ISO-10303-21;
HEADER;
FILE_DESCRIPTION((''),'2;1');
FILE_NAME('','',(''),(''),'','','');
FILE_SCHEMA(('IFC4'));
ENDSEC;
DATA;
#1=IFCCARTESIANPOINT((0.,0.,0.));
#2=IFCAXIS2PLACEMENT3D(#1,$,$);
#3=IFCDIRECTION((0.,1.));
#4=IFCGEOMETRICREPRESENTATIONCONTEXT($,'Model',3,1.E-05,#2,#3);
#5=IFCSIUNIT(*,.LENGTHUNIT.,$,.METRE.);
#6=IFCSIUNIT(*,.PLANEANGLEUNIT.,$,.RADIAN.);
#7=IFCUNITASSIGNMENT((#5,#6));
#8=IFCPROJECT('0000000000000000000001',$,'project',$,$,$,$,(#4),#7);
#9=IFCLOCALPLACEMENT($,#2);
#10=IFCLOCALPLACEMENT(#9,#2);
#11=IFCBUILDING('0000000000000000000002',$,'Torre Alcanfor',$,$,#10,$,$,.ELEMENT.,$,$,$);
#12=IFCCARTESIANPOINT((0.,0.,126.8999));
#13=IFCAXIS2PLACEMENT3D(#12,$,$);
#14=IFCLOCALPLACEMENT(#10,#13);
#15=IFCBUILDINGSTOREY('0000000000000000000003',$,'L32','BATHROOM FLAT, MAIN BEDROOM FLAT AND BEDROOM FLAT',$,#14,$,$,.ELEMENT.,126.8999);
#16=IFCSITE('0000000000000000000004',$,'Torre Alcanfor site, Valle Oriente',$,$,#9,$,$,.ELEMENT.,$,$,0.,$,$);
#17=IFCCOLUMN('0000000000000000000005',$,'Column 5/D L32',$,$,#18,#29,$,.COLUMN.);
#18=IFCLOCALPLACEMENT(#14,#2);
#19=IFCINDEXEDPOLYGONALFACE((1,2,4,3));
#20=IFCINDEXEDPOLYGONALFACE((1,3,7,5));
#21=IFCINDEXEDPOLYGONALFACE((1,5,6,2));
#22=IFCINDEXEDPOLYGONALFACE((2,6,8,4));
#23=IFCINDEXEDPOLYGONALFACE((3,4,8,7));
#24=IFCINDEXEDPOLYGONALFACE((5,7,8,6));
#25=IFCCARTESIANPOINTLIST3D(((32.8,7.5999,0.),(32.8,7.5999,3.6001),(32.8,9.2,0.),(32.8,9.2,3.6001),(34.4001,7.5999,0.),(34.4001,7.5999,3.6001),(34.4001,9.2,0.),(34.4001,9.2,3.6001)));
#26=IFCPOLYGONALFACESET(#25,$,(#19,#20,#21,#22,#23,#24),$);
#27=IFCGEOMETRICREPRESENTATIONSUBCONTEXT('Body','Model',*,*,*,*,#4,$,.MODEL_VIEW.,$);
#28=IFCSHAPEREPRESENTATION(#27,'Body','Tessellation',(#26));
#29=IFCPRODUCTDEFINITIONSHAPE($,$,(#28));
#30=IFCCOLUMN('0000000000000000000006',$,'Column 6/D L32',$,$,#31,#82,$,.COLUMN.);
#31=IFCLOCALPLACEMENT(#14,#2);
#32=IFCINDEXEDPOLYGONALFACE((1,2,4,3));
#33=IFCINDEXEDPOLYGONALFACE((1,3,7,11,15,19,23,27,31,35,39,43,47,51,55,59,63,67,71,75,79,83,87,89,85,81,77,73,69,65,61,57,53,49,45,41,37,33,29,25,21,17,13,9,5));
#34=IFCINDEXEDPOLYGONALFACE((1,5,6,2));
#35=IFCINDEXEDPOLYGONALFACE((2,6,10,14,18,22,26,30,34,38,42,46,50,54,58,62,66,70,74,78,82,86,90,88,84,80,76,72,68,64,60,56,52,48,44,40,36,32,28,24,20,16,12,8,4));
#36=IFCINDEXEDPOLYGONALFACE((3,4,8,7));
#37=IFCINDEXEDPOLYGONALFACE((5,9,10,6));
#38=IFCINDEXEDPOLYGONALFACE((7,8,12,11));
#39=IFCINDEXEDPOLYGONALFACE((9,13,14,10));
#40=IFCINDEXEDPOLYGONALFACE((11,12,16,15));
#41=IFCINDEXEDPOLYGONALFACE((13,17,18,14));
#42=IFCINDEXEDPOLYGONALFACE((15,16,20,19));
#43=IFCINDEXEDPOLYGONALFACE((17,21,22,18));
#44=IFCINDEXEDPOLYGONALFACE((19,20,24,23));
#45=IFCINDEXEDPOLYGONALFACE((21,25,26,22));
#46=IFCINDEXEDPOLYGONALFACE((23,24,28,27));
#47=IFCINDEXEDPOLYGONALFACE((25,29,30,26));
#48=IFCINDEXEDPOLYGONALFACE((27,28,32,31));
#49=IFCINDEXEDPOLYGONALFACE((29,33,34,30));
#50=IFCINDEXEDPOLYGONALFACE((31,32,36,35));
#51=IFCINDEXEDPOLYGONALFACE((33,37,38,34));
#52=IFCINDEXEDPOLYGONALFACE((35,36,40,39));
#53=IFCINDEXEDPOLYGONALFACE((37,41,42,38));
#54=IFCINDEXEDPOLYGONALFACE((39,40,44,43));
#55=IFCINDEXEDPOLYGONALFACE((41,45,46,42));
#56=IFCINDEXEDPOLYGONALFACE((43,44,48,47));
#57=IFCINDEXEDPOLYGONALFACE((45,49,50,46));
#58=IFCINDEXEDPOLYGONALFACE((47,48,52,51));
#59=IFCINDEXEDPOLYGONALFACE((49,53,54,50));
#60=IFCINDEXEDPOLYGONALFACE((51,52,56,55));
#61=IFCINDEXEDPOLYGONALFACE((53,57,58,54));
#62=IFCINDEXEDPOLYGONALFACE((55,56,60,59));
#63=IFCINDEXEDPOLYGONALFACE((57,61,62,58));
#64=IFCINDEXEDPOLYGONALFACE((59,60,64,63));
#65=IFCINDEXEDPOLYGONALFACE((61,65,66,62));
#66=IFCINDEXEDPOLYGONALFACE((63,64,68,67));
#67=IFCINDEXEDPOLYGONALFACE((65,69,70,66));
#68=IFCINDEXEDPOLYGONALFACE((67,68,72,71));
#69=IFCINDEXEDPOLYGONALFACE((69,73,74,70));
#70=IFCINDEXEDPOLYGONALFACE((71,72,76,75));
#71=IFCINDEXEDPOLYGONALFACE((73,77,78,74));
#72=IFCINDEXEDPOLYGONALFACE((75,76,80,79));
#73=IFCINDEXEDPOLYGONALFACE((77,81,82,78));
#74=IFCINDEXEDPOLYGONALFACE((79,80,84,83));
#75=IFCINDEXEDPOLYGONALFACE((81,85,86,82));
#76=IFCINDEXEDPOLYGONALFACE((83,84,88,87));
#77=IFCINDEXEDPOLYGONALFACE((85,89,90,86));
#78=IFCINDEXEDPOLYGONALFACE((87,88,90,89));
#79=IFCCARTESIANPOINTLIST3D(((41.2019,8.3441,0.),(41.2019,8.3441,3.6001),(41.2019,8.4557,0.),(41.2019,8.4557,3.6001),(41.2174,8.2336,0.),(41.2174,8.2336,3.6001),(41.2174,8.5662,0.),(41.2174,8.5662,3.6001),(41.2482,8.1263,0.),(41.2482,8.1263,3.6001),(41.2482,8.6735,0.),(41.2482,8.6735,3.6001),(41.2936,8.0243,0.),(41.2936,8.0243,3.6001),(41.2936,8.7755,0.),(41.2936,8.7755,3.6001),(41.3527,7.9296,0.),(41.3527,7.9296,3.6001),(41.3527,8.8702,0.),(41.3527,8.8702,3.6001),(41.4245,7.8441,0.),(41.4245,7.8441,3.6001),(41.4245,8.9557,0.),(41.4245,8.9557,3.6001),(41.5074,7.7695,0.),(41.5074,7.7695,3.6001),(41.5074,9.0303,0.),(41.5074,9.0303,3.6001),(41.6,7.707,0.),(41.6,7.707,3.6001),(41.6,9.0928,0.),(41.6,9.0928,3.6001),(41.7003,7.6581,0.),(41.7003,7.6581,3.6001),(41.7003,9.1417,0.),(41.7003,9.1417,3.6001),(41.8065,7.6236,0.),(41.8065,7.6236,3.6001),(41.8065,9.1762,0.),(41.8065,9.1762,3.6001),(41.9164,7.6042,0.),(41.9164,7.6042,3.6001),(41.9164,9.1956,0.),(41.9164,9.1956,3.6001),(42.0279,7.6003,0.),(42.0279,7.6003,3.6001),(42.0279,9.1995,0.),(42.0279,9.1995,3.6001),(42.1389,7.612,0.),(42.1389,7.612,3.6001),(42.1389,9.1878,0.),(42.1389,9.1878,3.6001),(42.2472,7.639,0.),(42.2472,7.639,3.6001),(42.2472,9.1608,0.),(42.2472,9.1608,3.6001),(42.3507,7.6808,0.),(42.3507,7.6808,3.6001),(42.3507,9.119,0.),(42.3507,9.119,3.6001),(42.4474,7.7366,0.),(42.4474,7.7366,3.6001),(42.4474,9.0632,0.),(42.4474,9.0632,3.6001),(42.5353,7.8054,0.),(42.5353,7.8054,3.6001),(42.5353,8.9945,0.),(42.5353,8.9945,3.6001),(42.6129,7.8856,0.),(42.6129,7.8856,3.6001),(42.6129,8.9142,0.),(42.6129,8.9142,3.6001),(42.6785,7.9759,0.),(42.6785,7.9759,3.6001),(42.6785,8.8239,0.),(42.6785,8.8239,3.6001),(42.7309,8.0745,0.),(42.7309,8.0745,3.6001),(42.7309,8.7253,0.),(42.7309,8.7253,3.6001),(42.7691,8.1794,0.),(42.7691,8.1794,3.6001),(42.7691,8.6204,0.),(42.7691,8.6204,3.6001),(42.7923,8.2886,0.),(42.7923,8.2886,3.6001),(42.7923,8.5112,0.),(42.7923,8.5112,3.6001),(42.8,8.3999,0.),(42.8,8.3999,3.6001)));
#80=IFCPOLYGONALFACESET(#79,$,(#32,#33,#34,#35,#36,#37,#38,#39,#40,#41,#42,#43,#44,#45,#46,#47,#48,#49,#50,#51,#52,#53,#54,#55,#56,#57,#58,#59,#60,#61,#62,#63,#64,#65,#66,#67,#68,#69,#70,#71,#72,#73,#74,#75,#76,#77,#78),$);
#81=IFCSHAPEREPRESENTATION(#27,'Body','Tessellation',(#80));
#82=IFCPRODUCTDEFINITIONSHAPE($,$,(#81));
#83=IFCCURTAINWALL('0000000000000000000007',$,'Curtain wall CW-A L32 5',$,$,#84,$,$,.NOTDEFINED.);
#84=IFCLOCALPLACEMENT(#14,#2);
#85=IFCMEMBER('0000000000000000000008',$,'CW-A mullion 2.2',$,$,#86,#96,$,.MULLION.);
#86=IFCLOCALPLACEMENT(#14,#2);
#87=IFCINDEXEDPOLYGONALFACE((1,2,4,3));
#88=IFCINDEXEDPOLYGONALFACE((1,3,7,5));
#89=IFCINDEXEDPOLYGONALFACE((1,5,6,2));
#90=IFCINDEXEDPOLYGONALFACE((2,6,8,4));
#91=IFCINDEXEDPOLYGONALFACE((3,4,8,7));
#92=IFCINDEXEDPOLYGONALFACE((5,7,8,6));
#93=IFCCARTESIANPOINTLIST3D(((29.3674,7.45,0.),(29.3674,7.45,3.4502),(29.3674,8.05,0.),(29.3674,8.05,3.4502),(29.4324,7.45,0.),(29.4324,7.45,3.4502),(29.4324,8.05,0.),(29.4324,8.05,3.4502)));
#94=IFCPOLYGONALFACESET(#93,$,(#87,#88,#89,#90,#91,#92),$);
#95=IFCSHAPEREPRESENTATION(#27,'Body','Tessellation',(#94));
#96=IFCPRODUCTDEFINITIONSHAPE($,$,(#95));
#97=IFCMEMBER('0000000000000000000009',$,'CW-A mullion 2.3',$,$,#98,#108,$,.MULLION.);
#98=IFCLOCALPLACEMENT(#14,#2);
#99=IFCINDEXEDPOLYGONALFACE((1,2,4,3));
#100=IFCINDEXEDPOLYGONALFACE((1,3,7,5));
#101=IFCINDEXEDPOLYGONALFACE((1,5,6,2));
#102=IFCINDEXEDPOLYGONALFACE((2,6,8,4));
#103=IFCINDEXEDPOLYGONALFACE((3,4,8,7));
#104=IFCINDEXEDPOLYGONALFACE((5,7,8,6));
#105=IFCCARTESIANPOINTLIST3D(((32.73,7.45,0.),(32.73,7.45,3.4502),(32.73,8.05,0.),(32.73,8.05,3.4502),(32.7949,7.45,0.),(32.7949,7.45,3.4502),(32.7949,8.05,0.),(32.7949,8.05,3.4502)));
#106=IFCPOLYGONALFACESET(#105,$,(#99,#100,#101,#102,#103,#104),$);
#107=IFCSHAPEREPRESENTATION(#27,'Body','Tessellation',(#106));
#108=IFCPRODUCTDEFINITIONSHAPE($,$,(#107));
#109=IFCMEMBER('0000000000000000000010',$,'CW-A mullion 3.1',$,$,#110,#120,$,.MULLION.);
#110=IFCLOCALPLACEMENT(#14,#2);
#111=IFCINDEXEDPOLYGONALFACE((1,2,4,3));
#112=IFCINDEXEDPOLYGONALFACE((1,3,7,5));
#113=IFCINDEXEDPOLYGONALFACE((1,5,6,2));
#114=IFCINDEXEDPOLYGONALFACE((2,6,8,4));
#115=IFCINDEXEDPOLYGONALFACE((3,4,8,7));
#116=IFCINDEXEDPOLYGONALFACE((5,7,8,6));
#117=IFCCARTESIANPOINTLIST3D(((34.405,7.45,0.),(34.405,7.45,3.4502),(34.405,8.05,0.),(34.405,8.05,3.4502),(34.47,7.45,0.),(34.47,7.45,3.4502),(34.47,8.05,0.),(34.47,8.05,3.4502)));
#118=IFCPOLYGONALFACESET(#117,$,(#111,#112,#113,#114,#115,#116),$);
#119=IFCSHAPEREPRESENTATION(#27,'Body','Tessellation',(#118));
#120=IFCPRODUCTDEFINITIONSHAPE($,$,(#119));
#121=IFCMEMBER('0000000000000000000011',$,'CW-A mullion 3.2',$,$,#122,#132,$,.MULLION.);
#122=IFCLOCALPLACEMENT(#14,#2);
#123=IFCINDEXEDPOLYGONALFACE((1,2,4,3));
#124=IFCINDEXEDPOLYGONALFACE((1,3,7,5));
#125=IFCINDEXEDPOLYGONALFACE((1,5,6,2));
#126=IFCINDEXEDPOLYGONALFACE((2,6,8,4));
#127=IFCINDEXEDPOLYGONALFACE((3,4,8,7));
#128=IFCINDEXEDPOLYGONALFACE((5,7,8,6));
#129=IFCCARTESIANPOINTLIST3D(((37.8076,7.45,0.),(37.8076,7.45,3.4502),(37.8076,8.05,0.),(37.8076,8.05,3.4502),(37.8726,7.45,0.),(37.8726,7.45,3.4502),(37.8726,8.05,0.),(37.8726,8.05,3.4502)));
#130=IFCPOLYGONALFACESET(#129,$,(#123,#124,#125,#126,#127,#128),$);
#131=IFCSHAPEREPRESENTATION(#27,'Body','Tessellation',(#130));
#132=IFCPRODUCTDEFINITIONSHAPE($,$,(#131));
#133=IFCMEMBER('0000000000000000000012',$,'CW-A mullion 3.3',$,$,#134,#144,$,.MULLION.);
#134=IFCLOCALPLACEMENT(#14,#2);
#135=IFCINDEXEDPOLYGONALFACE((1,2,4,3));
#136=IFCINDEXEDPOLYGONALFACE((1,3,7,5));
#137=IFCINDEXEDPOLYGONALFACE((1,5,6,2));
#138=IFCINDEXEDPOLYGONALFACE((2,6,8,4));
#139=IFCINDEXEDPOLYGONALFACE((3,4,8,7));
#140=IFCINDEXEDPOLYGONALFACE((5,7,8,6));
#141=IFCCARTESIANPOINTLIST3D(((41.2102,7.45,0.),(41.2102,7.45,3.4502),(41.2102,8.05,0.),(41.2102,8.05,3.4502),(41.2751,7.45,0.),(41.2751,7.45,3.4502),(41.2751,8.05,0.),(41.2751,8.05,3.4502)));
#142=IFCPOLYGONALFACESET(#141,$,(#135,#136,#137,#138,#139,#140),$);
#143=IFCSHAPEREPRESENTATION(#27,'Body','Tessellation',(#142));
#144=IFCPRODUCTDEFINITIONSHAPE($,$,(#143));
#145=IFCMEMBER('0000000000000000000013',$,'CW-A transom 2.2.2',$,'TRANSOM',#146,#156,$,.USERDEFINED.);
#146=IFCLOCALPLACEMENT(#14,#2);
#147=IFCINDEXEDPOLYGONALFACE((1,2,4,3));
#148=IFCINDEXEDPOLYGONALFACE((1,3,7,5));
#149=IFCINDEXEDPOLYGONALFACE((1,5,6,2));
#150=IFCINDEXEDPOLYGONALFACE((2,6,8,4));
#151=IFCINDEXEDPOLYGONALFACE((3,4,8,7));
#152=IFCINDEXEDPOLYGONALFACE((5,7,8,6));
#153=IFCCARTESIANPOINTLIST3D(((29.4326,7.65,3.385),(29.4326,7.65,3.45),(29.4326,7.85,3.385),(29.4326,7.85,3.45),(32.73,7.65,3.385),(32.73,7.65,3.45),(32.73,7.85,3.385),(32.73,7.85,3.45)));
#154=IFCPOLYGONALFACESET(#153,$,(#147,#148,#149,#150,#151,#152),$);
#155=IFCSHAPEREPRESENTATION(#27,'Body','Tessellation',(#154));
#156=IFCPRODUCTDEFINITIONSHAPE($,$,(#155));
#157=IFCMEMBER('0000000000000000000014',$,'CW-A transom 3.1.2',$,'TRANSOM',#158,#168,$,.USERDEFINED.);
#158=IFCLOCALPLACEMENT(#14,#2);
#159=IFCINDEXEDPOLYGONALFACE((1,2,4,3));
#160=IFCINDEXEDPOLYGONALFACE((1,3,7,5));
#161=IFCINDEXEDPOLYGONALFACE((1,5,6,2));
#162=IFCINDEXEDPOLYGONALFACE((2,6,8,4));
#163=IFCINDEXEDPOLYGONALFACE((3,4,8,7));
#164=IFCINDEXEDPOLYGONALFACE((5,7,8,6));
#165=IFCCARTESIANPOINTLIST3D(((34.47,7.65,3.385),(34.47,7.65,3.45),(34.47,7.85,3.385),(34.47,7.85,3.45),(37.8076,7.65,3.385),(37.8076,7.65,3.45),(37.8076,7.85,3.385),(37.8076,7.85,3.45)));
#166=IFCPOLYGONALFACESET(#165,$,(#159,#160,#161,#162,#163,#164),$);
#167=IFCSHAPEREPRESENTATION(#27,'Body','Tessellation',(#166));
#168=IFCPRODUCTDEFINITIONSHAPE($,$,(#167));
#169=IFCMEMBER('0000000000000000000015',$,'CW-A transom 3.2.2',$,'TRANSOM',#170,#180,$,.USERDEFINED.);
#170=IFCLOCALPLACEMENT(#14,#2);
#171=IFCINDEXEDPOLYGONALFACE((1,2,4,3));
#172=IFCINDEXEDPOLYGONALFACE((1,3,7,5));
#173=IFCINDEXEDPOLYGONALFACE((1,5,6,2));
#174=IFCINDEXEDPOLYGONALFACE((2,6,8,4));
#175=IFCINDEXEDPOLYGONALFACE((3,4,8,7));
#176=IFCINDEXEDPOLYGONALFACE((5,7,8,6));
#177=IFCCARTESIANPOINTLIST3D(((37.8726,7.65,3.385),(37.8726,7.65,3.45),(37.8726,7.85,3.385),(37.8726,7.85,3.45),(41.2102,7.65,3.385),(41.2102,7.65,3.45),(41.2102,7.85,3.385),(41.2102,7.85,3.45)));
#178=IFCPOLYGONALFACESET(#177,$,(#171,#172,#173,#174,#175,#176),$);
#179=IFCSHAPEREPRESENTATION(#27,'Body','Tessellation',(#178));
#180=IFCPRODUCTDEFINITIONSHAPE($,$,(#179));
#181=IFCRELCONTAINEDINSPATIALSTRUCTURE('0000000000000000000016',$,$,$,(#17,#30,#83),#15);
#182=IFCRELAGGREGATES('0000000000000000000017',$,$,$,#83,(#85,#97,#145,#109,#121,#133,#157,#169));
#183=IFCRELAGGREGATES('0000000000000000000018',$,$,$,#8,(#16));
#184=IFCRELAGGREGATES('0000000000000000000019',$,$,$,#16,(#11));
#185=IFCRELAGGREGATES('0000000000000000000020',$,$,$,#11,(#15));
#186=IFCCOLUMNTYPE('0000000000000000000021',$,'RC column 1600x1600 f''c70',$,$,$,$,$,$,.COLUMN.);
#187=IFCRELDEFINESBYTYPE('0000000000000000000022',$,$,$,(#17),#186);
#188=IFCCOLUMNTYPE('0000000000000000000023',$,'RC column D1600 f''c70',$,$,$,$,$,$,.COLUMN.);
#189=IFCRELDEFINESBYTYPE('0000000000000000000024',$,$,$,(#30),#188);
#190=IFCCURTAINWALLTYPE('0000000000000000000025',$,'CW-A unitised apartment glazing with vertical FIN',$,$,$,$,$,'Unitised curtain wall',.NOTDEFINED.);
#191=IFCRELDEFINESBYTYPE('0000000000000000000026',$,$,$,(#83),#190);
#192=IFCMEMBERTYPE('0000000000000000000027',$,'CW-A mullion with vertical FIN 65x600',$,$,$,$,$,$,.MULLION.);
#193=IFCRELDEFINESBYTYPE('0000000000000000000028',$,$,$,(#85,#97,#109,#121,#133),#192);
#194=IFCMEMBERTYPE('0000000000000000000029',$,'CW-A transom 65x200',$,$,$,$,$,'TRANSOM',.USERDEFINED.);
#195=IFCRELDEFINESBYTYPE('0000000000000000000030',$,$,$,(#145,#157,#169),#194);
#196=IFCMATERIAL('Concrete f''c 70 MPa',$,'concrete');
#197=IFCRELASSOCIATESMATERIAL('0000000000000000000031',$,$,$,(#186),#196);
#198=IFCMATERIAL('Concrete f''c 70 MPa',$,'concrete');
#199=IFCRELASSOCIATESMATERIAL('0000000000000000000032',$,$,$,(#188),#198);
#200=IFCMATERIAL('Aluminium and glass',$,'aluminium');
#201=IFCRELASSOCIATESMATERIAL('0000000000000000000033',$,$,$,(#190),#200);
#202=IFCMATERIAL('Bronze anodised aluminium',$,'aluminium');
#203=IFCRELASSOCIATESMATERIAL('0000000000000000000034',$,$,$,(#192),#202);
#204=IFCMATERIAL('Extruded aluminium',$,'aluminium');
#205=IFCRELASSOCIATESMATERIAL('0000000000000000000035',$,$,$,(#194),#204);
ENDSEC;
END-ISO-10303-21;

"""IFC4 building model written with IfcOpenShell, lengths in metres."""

from ifc_helpers import new_model, si_unit, direction, frame, origin, origin_2d, place, context, subcontext, project, spatial, rectangle, circle, extrude, material, material_profile, profile_set, type_object, element, aggregate, save


model = new_model("IFC4")

# Units and contexts
model_context = context("Model", 3, precision=1e-05, world=origin(), true_north=direction((0.0, 1.0)))
body_context = subcontext(model_context, "Body", "Model", "MODEL_VIEW")
ifc_project = project(units=[si_unit("LENGTHUNIT", "METRE"), si_unit("PLANEANGLEUNIT", "RADIAN")], contexts=[model_context])

# Site, building, storey
site_placement = place(None, origin())
site = spatial("IfcSite", under=ifc_project, at=site_placement, Name="Torre Alcanfor site, Valle Oriente", CompositionType="ELEMENT", RefElevation=0.0)
building_placement = place(site_placement, origin())
building = spatial("IfcBuilding", under=site, at=building_placement, Name="Torre Alcanfor", CompositionType="ELEMENT")
storey_placement = place(building_placement, frame((0.0, 0.0, 126.8999)))
storey = spatial("IfcBuildingStorey", under=building, at=storey_placement, Name="L32", Description="BATHROOM FLAT, MAIN BEDROOM FLAT AND BEDROOM FLAT", CompositionType="ELEMENT", Elevation=126.8999)

# Columns
ifc_material_1 = material(Name="Concrete f'c 70 MPa", Category="concrete")
ifc_material_profile_1 = material_profile(ifc_material_1, rectangle(XDim=1.6001, YDim=1.6001, at=origin_2d()), Name="1600x1600")
ifc_profile_set_1 = profile_set([ifc_material_profile_1], Name="Concrete f'c 70 MPa")
column_type_1 = type_object("IfcColumnType", Name="RC column 1600x1600 f'c70", PredefinedType="COLUMN", material=ifc_profile_set_1)
column_1_placement = place(storey_placement, frame((33.6001, 8.3999, 0.0), z_axis=(0.0, 0.0, 1.0), x_axis=(1.0, 0.0, 0.0)))
element("IfcColumn", 1, at=column_1_placement, inside=storey, type_object=column_type_1, Name="Column 5/D L32", PredefinedType="COLUMN", context=body_context, shape_type="SweptSolid", body=[
    extrude(rectangle(XDim=1.6001, YDim=1.6001, at=origin_2d()), origin(), (0.0, 0.0, 1.0), 3.6001),
])
ifc_material_2 = material(Name="Concrete f'c 70 MPa", Category="concrete")
ifc_material_profile_2 = material_profile(ifc_material_2, circle(Radius=0.8, at=origin_2d()), Name="D1600")
ifc_profile_set_2 = profile_set([ifc_material_profile_2], Name="Concrete f'c 70 MPa")
column_type_2 = type_object("IfcColumnType", Name="RC column D1600 f'c70", PredefinedType="COLUMN", material=ifc_profile_set_2)
column_2_placement = place(storey_placement, frame((42.0, 8.3999, 0.0), z_axis=(0.0, 0.0, 1.0), x_axis=(1.0, 0.0, 0.0)))
element("IfcColumn", 2, at=column_2_placement, inside=storey, type_object=column_type_2, Name="Column 6/D L32", PredefinedType="COLUMN", context=body_context, shape_type="SweptSolid", body=[
    extrude(circle(Radius=0.8, at=origin_2d()), origin(), (0.0, 0.0, 1.0), 3.6001),
])

# Curtain wall, members
ifc_material_3 = material(Name="Aluminium and glass", Category="aluminium")
curtain_wall_type = type_object("IfcCurtainWallType", Name="CW-A unitised apartment glazing with vertical FIN", ElementType="Unitised curtain wall", PredefinedType="NOTDEFINED", material=ifc_material_3)
curtain_wall_placement = place(storey_placement, origin())
curtain_wall = element("IfcCurtainWall", 3, at=curtain_wall_placement, inside=storey, type_object=curtain_wall_type, Name="Curtain wall CW-A L32 5", PredefinedType="NOTDEFINED")
ifc_material_4 = material(Name="Bronze anodised aluminium", Category="aluminium")
ifc_material_profile_3 = material_profile(ifc_material_4, rectangle(XDim=0.6001, YDim=0.0649, at=origin_2d()), Name="CW-A mullion 65x600")
ifc_profile_set_3 = profile_set([ifc_material_profile_3], Name="Bronze anodised aluminium")
member_type_1 = type_object("IfcMemberType", Name="CW-A mullion with vertical FIN 65x600", PredefinedType="MULLION", material=ifc_profile_set_3)
member_1_placement = place(storey_placement, frame((29.3999, 7.75, 0.0), z_axis=(0.0, 0.0, 1.0), x_axis=(0.0, 1.0, 0.0)))
member_1 = element("IfcMember", 4, at=member_1_placement, type_object=member_type_1, Name="CW-A mullion 2.2", PredefinedType="MULLION", context=body_context, shape_type="SweptSolid", body=[
    extrude(rectangle(XDim=0.6001, YDim=0.0649, at=origin_2d()), origin(), (0.0, 0.0, 1.0), 3.4502),
])
member_2_placement = place(storey_placement, frame((32.7625, 7.75, 0.0), z_axis=(0.0, 0.0, 1.0), x_axis=(0.0, 1.0, 0.0)))
member_2 = element("IfcMember", 5, at=member_2_placement, type_object=member_type_1, Name="CW-A mullion 2.3", PredefinedType="MULLION", context=body_context, shape_type="SweptSolid", body=[
    extrude(rectangle(XDim=0.6001, YDim=0.0649, at=origin_2d()), origin(), (0.0, 0.0, 1.0), 3.4502),
])
member_3_placement = place(storey_placement, frame((34.4375, 7.75, 0.0), z_axis=(0.0, 0.0, 1.0), x_axis=(0.0, 1.0, 0.0)))
member_3 = element("IfcMember", 6, at=member_3_placement, type_object=member_type_1, Name="CW-A mullion 3.1", PredefinedType="MULLION", context=body_context, shape_type="SweptSolid", body=[
    extrude(rectangle(XDim=0.6001, YDim=0.0649, at=origin_2d()), origin(), (0.0, 0.0, 1.0), 3.4502),
])
member_4_placement = place(storey_placement, frame((37.8401, 7.75, 0.0), z_axis=(0.0, 0.0, 1.0), x_axis=(0.0, 1.0, 0.0)))
member_4 = element("IfcMember", 7, at=member_4_placement, type_object=member_type_1, Name="CW-A mullion 3.2", PredefinedType="MULLION", context=body_context, shape_type="SweptSolid", body=[
    extrude(rectangle(XDim=0.6001, YDim=0.0649, at=origin_2d()), origin(), (0.0, 0.0, 1.0), 3.4502),
])
member_5_placement = place(storey_placement, frame((41.2427, 7.75, 0.0), z_axis=(0.0, 0.0, 1.0), x_axis=(0.0, 1.0, 0.0)))
member_5 = element("IfcMember", 8, at=member_5_placement, type_object=member_type_1, Name="CW-A mullion 3.3", PredefinedType="MULLION", context=body_context, shape_type="SweptSolid", body=[
    extrude(rectangle(XDim=0.6001, YDim=0.0649, at=origin_2d()), origin(), (0.0, 0.0, 1.0), 3.4502),
])
ifc_material_5 = material(Name="Extruded aluminium", Category="aluminium")
ifc_material_profile_4 = material_profile(ifc_material_5, rectangle(XDim=0.2, YDim=0.0649, at=origin_2d()), Name="CW-A transom 200x65")
ifc_profile_set_4 = profile_set([ifc_material_profile_4], Name="Extruded aluminium")
member_type_2 = type_object("IfcMemberType", Name="CW-A transom 65x200", ElementType="TRANSOM", PredefinedType="USERDEFINED", material=ifc_profile_set_4)
member_6_placement = place(storey_placement, frame((29.4326, 7.75, 3.4175), z_axis=(1.0, 0.0, 0.0), x_axis=(0.0, 1.0, 0.0)))
member_6 = element("IfcMember", 9, at=member_6_placement, type_object=member_type_2, Name="CW-A transom 2.2.2", ObjectType="TRANSOM", PredefinedType="USERDEFINED", context=body_context, shape_type="SweptSolid", body=[
    extrude(rectangle(XDim=0.2, YDim=0.0649, at=origin_2d()), origin(), (0.0, 0.0, 1.0), 3.2974),
])
member_7_placement = place(storey_placement, frame((34.47, 7.75, 3.4175), z_axis=(1.0, 0.0, 0.0), x_axis=(0.0, 1.0, 0.0)))
member_7 = element("IfcMember", 10, at=member_7_placement, type_object=member_type_2, Name="CW-A transom 3.1.2", ObjectType="TRANSOM", PredefinedType="USERDEFINED", context=body_context, shape_type="SweptSolid", body=[
    extrude(rectangle(XDim=0.2, YDim=0.0649, at=origin_2d()), origin(), (0.0, 0.0, 1.0), 3.3376),
])
member_8_placement = place(storey_placement, frame((37.8726, 7.75, 3.4175), z_axis=(1.0, 0.0, 0.0), x_axis=(0.0, 1.0, 0.0)))
member_8 = element("IfcMember", 11, at=member_8_placement, type_object=member_type_2, Name="CW-A transom 3.2.2", ObjectType="TRANSOM", PredefinedType="USERDEFINED", context=body_context, shape_type="SweptSolid", body=[
    extrude(rectangle(XDim=0.2, YDim=0.0649, at=origin_2d()), origin(), (0.0, 0.0, 1.0), 3.3376),
])

aggregate(curtain_wall, [member_1, member_2, member_6, member_3, member_4, member_5, member_7, member_8])

save(model, "model.ifc")
